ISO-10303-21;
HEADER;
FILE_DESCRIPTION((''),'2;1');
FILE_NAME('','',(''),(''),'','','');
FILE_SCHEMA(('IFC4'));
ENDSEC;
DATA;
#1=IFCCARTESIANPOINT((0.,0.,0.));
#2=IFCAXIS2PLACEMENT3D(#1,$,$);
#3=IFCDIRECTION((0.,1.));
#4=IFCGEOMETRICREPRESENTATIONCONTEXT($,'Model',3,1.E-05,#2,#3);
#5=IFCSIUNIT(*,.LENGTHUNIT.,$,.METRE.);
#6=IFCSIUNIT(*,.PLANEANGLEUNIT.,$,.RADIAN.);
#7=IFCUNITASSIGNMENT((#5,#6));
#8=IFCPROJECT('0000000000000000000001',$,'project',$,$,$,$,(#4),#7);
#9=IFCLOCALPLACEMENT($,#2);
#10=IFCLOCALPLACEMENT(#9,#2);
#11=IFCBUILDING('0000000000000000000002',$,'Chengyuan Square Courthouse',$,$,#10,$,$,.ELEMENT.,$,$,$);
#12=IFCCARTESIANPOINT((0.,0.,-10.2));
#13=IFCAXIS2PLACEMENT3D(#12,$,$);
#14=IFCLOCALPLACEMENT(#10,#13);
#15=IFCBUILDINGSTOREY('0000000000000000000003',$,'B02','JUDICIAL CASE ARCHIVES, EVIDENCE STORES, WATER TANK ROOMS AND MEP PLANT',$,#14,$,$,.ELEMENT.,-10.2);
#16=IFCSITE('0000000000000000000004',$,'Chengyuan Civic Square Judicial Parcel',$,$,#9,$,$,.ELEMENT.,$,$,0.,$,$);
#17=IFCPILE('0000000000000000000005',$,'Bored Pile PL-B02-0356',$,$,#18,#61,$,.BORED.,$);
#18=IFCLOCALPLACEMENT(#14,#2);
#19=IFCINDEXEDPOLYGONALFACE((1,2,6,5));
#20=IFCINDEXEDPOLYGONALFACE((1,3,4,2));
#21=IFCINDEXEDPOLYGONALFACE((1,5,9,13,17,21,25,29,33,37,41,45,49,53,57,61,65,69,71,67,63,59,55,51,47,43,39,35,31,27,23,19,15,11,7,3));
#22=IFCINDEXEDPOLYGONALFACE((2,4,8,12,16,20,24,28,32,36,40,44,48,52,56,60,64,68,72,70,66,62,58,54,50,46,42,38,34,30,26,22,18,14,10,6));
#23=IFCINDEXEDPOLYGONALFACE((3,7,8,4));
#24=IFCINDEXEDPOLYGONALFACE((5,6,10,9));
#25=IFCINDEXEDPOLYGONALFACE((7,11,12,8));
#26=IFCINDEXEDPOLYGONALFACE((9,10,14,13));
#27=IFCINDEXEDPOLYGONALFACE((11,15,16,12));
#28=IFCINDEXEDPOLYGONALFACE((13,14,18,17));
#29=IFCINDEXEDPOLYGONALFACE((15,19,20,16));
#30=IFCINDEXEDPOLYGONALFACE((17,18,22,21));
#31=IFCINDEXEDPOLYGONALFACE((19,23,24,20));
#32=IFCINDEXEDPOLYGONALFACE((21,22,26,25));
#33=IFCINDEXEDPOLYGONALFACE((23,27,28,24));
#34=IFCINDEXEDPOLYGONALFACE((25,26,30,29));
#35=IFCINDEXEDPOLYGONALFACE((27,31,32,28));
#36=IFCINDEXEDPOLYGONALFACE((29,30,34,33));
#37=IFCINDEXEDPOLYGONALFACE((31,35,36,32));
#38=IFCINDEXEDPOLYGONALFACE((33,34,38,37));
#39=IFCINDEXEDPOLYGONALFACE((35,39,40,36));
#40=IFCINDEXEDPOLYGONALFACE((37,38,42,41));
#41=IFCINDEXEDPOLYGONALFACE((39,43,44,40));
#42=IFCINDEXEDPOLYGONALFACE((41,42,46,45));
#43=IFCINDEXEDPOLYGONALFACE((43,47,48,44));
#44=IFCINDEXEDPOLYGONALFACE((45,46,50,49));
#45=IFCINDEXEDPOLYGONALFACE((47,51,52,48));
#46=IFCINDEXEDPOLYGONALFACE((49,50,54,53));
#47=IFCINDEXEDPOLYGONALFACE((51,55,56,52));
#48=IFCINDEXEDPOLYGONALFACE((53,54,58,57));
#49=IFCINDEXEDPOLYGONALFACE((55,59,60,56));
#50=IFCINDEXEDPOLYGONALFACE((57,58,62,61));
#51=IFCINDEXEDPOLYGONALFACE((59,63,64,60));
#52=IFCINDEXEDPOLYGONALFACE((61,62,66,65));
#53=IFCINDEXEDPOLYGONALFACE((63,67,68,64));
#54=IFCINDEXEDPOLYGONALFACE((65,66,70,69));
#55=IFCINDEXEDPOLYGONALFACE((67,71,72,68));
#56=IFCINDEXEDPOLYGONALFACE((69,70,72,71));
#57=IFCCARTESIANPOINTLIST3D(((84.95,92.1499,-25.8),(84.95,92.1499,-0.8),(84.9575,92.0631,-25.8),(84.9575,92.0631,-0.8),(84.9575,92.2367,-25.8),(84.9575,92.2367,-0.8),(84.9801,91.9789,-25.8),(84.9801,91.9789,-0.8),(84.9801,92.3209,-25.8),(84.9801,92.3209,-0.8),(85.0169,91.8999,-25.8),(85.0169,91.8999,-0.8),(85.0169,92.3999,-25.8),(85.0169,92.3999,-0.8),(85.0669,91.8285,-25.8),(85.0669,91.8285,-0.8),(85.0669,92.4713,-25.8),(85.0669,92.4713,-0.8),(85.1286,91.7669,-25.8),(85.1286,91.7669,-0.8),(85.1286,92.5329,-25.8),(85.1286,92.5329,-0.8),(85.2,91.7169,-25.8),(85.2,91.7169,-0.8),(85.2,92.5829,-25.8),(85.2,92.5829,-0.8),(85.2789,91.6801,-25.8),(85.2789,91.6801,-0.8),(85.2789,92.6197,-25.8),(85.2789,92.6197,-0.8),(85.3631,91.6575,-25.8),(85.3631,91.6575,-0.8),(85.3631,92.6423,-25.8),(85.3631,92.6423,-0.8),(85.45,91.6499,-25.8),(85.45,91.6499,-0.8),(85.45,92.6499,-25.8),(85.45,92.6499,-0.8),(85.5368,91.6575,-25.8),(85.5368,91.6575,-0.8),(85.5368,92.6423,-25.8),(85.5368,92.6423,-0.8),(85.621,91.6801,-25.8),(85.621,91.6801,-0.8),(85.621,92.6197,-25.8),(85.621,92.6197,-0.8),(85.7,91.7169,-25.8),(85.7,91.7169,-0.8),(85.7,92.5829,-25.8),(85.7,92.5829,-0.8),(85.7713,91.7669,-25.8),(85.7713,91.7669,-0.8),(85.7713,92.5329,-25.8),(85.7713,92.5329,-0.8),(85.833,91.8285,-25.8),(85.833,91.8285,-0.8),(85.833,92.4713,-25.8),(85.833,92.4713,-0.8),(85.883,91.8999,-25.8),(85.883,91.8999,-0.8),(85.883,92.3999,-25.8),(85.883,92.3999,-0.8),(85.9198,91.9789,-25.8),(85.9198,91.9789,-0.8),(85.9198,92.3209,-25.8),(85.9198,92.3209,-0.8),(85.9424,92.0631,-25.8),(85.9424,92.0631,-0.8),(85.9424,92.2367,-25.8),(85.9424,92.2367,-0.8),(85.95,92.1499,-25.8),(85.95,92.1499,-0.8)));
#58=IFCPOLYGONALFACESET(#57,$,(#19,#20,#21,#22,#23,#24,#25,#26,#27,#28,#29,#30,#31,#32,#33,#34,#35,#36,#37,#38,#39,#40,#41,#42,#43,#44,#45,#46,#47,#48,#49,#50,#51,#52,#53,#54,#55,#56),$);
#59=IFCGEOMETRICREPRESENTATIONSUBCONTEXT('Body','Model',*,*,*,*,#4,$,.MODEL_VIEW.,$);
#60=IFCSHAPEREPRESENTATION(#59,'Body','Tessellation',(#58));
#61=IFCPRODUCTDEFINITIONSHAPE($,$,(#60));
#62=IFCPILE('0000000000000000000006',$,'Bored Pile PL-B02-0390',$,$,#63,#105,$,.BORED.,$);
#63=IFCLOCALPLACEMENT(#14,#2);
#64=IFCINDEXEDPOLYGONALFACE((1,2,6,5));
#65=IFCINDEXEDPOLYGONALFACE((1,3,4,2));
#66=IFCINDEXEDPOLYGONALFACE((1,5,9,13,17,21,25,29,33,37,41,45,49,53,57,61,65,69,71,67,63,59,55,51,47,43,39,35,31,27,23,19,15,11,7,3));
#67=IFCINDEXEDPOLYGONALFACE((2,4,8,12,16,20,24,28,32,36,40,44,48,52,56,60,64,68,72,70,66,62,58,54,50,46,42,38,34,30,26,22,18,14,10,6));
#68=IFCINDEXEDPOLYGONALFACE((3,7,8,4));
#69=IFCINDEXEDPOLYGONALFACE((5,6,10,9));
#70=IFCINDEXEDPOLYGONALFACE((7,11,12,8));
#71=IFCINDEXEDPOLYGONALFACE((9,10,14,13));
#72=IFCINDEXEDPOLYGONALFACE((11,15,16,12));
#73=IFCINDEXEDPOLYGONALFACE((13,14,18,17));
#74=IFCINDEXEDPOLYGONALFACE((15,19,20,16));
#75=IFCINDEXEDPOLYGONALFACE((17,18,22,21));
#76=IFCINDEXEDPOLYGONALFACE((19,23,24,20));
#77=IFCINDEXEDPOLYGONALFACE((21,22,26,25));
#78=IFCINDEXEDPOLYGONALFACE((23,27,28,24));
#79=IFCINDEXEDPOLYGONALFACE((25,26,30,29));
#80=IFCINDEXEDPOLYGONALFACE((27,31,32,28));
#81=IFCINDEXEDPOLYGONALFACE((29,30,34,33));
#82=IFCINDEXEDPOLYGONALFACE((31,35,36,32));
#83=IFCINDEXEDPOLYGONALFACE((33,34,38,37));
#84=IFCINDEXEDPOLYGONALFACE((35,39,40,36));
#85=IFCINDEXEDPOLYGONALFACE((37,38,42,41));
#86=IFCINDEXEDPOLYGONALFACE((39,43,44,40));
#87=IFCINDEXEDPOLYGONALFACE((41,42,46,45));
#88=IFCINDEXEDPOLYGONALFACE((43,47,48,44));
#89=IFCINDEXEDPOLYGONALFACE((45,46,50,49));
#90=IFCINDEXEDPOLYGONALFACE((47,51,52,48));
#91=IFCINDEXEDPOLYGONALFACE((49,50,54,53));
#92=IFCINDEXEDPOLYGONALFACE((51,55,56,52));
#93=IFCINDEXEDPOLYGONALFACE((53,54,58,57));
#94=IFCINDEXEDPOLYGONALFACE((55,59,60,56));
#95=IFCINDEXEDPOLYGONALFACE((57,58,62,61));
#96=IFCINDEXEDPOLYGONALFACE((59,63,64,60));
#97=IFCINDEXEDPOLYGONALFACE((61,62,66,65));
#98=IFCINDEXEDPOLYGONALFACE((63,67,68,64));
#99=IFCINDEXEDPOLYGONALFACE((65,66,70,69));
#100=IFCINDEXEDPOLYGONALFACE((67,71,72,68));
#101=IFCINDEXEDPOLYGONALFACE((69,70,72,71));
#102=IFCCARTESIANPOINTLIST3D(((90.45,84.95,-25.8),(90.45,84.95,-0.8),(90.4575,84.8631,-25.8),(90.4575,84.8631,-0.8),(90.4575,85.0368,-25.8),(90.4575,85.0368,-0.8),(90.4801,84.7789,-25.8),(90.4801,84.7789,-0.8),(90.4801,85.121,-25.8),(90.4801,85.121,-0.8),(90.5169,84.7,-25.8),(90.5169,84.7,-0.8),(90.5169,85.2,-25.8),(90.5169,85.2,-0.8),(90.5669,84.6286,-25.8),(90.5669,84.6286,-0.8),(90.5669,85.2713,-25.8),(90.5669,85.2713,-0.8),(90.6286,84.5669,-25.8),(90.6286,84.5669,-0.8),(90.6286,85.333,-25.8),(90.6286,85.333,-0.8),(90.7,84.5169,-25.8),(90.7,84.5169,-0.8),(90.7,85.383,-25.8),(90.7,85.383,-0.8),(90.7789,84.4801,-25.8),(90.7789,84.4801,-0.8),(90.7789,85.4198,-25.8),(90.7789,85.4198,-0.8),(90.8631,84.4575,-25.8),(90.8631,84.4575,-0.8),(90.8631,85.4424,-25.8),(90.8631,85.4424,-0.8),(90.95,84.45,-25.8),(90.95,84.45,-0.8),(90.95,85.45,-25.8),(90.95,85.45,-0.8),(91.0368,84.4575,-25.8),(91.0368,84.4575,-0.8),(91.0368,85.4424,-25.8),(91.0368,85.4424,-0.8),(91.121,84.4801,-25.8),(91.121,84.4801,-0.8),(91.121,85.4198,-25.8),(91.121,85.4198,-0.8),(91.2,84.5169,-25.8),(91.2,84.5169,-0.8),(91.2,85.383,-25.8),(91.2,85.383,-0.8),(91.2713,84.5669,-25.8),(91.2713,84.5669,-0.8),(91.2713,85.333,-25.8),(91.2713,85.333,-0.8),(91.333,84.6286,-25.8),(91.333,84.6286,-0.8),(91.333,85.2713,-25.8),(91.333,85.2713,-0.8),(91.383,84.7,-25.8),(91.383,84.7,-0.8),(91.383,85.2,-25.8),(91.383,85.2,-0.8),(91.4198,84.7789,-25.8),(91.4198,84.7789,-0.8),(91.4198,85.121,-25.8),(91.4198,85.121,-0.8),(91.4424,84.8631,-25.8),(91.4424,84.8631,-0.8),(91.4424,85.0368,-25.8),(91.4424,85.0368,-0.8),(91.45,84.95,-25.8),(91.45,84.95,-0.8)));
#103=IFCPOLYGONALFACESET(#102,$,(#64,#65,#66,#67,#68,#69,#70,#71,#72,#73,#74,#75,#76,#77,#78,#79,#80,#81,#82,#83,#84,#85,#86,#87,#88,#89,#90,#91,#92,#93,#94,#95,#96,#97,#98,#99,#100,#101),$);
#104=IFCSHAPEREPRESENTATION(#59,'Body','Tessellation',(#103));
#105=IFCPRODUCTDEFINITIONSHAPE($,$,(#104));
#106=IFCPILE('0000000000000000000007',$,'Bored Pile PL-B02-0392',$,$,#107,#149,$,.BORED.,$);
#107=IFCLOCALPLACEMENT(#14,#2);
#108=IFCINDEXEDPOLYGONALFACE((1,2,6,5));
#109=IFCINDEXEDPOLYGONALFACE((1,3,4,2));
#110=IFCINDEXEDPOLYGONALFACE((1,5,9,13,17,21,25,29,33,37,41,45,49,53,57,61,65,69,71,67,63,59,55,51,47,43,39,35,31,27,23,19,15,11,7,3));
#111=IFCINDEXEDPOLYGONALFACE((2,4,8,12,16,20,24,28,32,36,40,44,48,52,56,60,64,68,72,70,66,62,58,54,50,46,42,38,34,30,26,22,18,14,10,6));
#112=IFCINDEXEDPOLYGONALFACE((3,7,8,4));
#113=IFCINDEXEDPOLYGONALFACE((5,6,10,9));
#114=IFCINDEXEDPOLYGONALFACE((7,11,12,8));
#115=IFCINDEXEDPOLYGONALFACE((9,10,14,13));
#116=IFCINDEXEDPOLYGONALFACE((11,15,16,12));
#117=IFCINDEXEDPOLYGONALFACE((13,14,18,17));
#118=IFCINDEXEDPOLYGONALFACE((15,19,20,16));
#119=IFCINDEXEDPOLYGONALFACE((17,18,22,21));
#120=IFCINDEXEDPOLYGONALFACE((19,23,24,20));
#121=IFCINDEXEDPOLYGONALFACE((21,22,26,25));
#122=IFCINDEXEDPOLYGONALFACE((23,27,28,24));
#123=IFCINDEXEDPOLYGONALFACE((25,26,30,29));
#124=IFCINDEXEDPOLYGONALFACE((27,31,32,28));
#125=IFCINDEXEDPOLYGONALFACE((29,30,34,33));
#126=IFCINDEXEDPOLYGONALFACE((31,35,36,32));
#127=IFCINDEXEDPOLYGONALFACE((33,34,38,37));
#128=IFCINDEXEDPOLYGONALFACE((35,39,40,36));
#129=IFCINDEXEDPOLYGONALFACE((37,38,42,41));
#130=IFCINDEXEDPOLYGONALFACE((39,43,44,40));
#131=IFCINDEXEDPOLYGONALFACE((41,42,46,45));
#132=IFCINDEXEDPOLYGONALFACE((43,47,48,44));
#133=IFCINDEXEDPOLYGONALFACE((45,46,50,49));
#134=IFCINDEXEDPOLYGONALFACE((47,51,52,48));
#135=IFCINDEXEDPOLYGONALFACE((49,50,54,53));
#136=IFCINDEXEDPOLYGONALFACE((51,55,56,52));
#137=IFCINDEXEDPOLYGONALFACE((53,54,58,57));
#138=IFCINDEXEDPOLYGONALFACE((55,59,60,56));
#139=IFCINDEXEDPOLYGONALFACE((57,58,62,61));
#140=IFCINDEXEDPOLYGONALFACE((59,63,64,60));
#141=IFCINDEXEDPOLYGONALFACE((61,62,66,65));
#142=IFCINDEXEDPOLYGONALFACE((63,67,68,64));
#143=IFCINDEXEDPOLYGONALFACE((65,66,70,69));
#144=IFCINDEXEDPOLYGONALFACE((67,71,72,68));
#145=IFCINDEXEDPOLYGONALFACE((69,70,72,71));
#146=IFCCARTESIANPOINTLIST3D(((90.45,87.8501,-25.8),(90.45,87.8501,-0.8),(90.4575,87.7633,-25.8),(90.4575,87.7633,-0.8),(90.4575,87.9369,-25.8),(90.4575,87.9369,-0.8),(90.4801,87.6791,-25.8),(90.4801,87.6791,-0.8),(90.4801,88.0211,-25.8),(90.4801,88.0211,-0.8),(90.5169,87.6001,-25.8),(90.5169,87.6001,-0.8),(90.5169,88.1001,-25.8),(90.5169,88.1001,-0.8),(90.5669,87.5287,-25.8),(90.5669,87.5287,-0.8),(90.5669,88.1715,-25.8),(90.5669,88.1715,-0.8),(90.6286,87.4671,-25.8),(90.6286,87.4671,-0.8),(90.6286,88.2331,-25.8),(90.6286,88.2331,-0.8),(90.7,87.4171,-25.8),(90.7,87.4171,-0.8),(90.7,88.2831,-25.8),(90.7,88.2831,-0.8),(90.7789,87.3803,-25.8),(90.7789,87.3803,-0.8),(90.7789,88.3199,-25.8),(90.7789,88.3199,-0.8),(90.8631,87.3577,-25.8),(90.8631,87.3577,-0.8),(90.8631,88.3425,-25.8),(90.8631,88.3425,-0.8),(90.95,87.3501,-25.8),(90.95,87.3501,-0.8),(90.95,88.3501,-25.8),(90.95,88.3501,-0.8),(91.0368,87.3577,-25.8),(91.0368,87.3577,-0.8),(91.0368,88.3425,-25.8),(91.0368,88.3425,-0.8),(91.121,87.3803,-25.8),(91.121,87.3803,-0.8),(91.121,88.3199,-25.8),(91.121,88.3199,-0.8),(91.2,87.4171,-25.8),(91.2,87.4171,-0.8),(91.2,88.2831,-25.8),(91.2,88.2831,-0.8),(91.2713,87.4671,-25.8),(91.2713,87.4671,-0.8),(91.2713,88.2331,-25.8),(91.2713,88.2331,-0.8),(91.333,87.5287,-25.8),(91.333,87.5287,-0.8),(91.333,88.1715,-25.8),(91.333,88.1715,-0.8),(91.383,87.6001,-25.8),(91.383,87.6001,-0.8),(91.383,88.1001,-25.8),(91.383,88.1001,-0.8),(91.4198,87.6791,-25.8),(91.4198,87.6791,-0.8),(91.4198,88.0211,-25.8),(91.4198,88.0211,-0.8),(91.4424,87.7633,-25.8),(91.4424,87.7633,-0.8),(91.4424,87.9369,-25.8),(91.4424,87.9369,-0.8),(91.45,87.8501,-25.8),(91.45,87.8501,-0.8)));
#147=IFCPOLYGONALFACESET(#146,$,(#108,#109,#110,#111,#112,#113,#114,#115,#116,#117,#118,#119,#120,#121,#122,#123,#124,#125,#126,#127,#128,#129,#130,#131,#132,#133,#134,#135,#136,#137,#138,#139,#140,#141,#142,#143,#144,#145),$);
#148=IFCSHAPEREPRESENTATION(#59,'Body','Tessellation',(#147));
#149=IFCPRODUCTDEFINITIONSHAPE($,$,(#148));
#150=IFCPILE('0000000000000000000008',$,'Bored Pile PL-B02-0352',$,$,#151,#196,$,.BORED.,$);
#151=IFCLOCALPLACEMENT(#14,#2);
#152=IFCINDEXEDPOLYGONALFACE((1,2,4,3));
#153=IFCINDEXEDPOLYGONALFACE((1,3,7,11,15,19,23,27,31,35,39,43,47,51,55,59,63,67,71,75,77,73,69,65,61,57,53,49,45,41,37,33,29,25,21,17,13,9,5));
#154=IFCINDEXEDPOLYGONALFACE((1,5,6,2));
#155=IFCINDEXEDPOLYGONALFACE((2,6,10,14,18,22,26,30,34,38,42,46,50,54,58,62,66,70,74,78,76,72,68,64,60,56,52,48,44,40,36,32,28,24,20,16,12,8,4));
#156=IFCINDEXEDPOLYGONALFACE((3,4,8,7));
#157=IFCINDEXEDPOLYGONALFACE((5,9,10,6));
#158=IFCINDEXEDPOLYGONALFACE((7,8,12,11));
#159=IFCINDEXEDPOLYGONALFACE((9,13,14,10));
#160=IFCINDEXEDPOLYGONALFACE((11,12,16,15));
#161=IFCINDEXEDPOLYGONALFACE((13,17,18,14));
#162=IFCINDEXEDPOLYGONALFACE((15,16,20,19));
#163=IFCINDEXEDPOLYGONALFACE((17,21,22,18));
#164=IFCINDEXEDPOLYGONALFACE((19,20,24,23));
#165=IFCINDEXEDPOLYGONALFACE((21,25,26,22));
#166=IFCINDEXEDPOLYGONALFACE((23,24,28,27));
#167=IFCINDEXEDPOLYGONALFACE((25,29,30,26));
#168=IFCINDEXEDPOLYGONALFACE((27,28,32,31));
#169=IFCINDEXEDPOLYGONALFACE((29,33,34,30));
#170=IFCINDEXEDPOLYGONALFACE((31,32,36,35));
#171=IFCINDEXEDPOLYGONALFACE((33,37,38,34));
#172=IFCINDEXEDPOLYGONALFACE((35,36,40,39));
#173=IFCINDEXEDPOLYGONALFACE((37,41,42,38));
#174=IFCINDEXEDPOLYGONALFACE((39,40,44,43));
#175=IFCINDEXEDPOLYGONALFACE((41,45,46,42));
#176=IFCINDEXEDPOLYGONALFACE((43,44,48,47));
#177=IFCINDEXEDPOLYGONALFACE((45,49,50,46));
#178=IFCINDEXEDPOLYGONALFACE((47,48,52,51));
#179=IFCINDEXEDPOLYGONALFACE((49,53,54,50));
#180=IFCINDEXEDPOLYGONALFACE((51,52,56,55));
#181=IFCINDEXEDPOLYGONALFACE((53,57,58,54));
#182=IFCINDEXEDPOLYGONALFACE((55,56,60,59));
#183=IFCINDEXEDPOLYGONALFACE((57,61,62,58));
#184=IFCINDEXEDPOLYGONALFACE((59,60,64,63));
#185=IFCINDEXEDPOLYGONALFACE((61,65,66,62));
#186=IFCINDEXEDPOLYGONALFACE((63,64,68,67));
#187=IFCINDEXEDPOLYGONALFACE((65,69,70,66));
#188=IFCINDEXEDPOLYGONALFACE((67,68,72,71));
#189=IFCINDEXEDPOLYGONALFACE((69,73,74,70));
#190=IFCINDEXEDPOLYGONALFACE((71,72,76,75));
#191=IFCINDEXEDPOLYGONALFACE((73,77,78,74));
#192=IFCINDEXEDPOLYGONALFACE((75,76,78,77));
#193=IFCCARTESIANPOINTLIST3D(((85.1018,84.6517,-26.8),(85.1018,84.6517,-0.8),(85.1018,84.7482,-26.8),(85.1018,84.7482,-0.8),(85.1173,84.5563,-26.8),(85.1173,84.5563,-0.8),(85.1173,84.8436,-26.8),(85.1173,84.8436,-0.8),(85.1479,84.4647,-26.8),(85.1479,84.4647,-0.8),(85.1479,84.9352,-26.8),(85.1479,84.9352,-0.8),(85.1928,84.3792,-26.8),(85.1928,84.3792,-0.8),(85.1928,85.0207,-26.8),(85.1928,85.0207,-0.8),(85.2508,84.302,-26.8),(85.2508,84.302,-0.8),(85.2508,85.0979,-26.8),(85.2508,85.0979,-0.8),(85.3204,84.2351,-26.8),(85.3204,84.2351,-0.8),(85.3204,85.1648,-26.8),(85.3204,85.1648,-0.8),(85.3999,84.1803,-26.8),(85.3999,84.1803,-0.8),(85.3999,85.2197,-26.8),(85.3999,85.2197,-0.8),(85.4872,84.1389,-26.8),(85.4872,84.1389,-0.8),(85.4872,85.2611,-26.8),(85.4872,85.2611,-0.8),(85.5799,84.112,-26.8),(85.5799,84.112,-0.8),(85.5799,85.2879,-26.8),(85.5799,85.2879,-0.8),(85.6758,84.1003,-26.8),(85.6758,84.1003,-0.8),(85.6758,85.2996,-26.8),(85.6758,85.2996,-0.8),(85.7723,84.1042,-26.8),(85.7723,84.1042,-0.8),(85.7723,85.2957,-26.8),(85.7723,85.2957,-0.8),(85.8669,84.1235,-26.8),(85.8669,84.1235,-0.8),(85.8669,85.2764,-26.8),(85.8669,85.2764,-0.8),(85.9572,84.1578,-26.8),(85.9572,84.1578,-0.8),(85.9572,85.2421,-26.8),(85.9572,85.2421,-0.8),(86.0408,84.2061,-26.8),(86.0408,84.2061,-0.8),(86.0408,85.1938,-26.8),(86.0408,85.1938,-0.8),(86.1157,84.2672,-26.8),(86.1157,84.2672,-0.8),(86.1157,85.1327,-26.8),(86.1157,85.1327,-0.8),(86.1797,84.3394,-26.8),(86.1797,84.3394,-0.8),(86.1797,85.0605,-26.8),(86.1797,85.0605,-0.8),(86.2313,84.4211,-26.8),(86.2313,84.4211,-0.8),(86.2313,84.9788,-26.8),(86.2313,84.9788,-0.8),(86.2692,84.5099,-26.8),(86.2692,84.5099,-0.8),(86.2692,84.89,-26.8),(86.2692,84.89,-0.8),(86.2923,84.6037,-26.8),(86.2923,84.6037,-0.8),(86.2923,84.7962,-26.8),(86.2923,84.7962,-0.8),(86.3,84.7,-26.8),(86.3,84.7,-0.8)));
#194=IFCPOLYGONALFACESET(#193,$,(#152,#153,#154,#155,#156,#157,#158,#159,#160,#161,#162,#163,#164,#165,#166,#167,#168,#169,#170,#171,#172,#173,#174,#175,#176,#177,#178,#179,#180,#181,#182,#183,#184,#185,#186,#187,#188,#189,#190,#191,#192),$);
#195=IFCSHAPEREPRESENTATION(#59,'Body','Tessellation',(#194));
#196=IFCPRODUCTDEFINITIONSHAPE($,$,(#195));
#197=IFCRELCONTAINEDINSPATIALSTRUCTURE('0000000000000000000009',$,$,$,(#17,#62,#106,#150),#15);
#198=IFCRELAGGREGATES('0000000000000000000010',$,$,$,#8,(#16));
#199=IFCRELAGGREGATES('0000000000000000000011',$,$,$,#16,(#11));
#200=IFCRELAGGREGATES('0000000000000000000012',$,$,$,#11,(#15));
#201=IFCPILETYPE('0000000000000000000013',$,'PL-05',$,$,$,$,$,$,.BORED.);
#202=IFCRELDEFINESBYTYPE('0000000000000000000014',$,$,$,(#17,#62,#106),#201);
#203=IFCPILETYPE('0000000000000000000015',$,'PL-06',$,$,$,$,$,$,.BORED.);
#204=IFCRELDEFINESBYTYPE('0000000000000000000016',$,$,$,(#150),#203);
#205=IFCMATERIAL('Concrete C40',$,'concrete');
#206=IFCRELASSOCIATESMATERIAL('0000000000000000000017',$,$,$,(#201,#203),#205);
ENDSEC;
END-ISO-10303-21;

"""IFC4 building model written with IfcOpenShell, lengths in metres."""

from ifc_helpers import new_model, si_unit, direction, frame, origin, origin_2d, place, context, subcontext, project, spatial, circle, extrude, material, material_profile, profile_set, type_object, element, save


model = new_model("IFC4")

# Units and contexts
model_context = context("Model", 3, precision=1e-05, world=origin(), true_north=direction((0.0, 1.0)))
body_context = subcontext(model_context, "Body", "Model", "MODEL_VIEW")
ifc_project = project(units=[si_unit("LENGTHUNIT", "METRE"), si_unit("PLANEANGLEUNIT", "RADIAN")], contexts=[model_context])

# Site, building, storey
site_placement = place(None, origin())
site = spatial("IfcSite", under=ifc_project, at=site_placement, Name="Chengyuan Civic Square Judicial Parcel", CompositionType="ELEMENT", RefElevation=0.0)
building_placement = place(site_placement, origin())
building = spatial("IfcBuilding", under=site, at=building_placement, Name="Chengyuan Square Courthouse", CompositionType="ELEMENT")
storey_placement = place(building_placement, frame((0.0, 0.0, -10.2)))
storey = spatial("IfcBuildingStorey", under=building, at=storey_placement, Name="B02", Description="JUDICIAL CASE ARCHIVES, EVIDENCE STORES, WATER TANK ROOMS AND MEP PLANT", CompositionType="ELEMENT", Elevation=-10.2)

# Shared definitions
ifc_material_1 = material(Name="Concrete C40", Category="concrete")

# Piles
ifc_material_profile_1 = material_profile(ifc_material_1, circle(Radius=0.5, at=origin_2d()), Name="BORED PILE D1000")
ifc_profile_set_1 = profile_set([ifc_material_profile_1], Name="Concrete C40")
pile_type_1 = type_object("IfcPileType", Name="PL-05", PredefinedType="BORED", material=ifc_profile_set_1)
for number, where, z_axis, x_axis, name in (
    (1, (85.45, 92.1499, -0.8), (0.0, 0.0, -1.0), (1.0, 0.0, 0.0), "Bored Pile PL-B02-0356"),
    (2, (90.95, 84.95, -0.8), (0.0, 0.0, -1.0), (1.0, 0.0, 0.0), "Bored Pile PL-B02-0390"),
    (3, (90.95, 87.8501, -0.8), (0.0, 0.0, -1.0), (1.0, 0.0, 0.0), "Bored Pile PL-B02-0392"),
):
    element("IfcPile", number, at=place(storey_placement, frame(where, z_axis=z_axis, x_axis=x_axis)), inside=storey, type_object=pile_type_1, Name=name, PredefinedType="BORED", context=body_context, shape_type="SweptSolid", body=[
        extrude(circle(Radius=0.5, at=origin_2d()), origin(), (0.0, 0.0, 1.0), 25.0),
    ])
ifc_material_profile_2 = material_profile(ifc_material_1, circle(Radius=0.6001, at=origin_2d()), Name="BORED PILE D1200")
ifc_profile_set_2 = profile_set([ifc_material_profile_2], Name="Concrete C40")
pile_type_2 = type_object("IfcPileType", Name="PL-06", PredefinedType="BORED", material=ifc_profile_set_2)
for number, where, z_axis, x_axis, name in (
    (4, (85.7, 84.7, -0.8), (0.0, 0.0, -1.0), (1.0, 0.0, 0.0), "Bored Pile PL-B02-0352"),
):
    element("IfcPile", number, at=place(storey_placement, frame(where, z_axis=z_axis, x_axis=x_axis)), inside=storey, type_object=pile_type_2, Name=name, PredefinedType="BORED", context=body_context, shape_type="SweptSolid", body=[
        extrude(circle(Radius=0.6001, at=origin_2d()), origin(), (0.0, 0.0, 1.0), 26.0),
    ])

save(model, "model.ifc")
